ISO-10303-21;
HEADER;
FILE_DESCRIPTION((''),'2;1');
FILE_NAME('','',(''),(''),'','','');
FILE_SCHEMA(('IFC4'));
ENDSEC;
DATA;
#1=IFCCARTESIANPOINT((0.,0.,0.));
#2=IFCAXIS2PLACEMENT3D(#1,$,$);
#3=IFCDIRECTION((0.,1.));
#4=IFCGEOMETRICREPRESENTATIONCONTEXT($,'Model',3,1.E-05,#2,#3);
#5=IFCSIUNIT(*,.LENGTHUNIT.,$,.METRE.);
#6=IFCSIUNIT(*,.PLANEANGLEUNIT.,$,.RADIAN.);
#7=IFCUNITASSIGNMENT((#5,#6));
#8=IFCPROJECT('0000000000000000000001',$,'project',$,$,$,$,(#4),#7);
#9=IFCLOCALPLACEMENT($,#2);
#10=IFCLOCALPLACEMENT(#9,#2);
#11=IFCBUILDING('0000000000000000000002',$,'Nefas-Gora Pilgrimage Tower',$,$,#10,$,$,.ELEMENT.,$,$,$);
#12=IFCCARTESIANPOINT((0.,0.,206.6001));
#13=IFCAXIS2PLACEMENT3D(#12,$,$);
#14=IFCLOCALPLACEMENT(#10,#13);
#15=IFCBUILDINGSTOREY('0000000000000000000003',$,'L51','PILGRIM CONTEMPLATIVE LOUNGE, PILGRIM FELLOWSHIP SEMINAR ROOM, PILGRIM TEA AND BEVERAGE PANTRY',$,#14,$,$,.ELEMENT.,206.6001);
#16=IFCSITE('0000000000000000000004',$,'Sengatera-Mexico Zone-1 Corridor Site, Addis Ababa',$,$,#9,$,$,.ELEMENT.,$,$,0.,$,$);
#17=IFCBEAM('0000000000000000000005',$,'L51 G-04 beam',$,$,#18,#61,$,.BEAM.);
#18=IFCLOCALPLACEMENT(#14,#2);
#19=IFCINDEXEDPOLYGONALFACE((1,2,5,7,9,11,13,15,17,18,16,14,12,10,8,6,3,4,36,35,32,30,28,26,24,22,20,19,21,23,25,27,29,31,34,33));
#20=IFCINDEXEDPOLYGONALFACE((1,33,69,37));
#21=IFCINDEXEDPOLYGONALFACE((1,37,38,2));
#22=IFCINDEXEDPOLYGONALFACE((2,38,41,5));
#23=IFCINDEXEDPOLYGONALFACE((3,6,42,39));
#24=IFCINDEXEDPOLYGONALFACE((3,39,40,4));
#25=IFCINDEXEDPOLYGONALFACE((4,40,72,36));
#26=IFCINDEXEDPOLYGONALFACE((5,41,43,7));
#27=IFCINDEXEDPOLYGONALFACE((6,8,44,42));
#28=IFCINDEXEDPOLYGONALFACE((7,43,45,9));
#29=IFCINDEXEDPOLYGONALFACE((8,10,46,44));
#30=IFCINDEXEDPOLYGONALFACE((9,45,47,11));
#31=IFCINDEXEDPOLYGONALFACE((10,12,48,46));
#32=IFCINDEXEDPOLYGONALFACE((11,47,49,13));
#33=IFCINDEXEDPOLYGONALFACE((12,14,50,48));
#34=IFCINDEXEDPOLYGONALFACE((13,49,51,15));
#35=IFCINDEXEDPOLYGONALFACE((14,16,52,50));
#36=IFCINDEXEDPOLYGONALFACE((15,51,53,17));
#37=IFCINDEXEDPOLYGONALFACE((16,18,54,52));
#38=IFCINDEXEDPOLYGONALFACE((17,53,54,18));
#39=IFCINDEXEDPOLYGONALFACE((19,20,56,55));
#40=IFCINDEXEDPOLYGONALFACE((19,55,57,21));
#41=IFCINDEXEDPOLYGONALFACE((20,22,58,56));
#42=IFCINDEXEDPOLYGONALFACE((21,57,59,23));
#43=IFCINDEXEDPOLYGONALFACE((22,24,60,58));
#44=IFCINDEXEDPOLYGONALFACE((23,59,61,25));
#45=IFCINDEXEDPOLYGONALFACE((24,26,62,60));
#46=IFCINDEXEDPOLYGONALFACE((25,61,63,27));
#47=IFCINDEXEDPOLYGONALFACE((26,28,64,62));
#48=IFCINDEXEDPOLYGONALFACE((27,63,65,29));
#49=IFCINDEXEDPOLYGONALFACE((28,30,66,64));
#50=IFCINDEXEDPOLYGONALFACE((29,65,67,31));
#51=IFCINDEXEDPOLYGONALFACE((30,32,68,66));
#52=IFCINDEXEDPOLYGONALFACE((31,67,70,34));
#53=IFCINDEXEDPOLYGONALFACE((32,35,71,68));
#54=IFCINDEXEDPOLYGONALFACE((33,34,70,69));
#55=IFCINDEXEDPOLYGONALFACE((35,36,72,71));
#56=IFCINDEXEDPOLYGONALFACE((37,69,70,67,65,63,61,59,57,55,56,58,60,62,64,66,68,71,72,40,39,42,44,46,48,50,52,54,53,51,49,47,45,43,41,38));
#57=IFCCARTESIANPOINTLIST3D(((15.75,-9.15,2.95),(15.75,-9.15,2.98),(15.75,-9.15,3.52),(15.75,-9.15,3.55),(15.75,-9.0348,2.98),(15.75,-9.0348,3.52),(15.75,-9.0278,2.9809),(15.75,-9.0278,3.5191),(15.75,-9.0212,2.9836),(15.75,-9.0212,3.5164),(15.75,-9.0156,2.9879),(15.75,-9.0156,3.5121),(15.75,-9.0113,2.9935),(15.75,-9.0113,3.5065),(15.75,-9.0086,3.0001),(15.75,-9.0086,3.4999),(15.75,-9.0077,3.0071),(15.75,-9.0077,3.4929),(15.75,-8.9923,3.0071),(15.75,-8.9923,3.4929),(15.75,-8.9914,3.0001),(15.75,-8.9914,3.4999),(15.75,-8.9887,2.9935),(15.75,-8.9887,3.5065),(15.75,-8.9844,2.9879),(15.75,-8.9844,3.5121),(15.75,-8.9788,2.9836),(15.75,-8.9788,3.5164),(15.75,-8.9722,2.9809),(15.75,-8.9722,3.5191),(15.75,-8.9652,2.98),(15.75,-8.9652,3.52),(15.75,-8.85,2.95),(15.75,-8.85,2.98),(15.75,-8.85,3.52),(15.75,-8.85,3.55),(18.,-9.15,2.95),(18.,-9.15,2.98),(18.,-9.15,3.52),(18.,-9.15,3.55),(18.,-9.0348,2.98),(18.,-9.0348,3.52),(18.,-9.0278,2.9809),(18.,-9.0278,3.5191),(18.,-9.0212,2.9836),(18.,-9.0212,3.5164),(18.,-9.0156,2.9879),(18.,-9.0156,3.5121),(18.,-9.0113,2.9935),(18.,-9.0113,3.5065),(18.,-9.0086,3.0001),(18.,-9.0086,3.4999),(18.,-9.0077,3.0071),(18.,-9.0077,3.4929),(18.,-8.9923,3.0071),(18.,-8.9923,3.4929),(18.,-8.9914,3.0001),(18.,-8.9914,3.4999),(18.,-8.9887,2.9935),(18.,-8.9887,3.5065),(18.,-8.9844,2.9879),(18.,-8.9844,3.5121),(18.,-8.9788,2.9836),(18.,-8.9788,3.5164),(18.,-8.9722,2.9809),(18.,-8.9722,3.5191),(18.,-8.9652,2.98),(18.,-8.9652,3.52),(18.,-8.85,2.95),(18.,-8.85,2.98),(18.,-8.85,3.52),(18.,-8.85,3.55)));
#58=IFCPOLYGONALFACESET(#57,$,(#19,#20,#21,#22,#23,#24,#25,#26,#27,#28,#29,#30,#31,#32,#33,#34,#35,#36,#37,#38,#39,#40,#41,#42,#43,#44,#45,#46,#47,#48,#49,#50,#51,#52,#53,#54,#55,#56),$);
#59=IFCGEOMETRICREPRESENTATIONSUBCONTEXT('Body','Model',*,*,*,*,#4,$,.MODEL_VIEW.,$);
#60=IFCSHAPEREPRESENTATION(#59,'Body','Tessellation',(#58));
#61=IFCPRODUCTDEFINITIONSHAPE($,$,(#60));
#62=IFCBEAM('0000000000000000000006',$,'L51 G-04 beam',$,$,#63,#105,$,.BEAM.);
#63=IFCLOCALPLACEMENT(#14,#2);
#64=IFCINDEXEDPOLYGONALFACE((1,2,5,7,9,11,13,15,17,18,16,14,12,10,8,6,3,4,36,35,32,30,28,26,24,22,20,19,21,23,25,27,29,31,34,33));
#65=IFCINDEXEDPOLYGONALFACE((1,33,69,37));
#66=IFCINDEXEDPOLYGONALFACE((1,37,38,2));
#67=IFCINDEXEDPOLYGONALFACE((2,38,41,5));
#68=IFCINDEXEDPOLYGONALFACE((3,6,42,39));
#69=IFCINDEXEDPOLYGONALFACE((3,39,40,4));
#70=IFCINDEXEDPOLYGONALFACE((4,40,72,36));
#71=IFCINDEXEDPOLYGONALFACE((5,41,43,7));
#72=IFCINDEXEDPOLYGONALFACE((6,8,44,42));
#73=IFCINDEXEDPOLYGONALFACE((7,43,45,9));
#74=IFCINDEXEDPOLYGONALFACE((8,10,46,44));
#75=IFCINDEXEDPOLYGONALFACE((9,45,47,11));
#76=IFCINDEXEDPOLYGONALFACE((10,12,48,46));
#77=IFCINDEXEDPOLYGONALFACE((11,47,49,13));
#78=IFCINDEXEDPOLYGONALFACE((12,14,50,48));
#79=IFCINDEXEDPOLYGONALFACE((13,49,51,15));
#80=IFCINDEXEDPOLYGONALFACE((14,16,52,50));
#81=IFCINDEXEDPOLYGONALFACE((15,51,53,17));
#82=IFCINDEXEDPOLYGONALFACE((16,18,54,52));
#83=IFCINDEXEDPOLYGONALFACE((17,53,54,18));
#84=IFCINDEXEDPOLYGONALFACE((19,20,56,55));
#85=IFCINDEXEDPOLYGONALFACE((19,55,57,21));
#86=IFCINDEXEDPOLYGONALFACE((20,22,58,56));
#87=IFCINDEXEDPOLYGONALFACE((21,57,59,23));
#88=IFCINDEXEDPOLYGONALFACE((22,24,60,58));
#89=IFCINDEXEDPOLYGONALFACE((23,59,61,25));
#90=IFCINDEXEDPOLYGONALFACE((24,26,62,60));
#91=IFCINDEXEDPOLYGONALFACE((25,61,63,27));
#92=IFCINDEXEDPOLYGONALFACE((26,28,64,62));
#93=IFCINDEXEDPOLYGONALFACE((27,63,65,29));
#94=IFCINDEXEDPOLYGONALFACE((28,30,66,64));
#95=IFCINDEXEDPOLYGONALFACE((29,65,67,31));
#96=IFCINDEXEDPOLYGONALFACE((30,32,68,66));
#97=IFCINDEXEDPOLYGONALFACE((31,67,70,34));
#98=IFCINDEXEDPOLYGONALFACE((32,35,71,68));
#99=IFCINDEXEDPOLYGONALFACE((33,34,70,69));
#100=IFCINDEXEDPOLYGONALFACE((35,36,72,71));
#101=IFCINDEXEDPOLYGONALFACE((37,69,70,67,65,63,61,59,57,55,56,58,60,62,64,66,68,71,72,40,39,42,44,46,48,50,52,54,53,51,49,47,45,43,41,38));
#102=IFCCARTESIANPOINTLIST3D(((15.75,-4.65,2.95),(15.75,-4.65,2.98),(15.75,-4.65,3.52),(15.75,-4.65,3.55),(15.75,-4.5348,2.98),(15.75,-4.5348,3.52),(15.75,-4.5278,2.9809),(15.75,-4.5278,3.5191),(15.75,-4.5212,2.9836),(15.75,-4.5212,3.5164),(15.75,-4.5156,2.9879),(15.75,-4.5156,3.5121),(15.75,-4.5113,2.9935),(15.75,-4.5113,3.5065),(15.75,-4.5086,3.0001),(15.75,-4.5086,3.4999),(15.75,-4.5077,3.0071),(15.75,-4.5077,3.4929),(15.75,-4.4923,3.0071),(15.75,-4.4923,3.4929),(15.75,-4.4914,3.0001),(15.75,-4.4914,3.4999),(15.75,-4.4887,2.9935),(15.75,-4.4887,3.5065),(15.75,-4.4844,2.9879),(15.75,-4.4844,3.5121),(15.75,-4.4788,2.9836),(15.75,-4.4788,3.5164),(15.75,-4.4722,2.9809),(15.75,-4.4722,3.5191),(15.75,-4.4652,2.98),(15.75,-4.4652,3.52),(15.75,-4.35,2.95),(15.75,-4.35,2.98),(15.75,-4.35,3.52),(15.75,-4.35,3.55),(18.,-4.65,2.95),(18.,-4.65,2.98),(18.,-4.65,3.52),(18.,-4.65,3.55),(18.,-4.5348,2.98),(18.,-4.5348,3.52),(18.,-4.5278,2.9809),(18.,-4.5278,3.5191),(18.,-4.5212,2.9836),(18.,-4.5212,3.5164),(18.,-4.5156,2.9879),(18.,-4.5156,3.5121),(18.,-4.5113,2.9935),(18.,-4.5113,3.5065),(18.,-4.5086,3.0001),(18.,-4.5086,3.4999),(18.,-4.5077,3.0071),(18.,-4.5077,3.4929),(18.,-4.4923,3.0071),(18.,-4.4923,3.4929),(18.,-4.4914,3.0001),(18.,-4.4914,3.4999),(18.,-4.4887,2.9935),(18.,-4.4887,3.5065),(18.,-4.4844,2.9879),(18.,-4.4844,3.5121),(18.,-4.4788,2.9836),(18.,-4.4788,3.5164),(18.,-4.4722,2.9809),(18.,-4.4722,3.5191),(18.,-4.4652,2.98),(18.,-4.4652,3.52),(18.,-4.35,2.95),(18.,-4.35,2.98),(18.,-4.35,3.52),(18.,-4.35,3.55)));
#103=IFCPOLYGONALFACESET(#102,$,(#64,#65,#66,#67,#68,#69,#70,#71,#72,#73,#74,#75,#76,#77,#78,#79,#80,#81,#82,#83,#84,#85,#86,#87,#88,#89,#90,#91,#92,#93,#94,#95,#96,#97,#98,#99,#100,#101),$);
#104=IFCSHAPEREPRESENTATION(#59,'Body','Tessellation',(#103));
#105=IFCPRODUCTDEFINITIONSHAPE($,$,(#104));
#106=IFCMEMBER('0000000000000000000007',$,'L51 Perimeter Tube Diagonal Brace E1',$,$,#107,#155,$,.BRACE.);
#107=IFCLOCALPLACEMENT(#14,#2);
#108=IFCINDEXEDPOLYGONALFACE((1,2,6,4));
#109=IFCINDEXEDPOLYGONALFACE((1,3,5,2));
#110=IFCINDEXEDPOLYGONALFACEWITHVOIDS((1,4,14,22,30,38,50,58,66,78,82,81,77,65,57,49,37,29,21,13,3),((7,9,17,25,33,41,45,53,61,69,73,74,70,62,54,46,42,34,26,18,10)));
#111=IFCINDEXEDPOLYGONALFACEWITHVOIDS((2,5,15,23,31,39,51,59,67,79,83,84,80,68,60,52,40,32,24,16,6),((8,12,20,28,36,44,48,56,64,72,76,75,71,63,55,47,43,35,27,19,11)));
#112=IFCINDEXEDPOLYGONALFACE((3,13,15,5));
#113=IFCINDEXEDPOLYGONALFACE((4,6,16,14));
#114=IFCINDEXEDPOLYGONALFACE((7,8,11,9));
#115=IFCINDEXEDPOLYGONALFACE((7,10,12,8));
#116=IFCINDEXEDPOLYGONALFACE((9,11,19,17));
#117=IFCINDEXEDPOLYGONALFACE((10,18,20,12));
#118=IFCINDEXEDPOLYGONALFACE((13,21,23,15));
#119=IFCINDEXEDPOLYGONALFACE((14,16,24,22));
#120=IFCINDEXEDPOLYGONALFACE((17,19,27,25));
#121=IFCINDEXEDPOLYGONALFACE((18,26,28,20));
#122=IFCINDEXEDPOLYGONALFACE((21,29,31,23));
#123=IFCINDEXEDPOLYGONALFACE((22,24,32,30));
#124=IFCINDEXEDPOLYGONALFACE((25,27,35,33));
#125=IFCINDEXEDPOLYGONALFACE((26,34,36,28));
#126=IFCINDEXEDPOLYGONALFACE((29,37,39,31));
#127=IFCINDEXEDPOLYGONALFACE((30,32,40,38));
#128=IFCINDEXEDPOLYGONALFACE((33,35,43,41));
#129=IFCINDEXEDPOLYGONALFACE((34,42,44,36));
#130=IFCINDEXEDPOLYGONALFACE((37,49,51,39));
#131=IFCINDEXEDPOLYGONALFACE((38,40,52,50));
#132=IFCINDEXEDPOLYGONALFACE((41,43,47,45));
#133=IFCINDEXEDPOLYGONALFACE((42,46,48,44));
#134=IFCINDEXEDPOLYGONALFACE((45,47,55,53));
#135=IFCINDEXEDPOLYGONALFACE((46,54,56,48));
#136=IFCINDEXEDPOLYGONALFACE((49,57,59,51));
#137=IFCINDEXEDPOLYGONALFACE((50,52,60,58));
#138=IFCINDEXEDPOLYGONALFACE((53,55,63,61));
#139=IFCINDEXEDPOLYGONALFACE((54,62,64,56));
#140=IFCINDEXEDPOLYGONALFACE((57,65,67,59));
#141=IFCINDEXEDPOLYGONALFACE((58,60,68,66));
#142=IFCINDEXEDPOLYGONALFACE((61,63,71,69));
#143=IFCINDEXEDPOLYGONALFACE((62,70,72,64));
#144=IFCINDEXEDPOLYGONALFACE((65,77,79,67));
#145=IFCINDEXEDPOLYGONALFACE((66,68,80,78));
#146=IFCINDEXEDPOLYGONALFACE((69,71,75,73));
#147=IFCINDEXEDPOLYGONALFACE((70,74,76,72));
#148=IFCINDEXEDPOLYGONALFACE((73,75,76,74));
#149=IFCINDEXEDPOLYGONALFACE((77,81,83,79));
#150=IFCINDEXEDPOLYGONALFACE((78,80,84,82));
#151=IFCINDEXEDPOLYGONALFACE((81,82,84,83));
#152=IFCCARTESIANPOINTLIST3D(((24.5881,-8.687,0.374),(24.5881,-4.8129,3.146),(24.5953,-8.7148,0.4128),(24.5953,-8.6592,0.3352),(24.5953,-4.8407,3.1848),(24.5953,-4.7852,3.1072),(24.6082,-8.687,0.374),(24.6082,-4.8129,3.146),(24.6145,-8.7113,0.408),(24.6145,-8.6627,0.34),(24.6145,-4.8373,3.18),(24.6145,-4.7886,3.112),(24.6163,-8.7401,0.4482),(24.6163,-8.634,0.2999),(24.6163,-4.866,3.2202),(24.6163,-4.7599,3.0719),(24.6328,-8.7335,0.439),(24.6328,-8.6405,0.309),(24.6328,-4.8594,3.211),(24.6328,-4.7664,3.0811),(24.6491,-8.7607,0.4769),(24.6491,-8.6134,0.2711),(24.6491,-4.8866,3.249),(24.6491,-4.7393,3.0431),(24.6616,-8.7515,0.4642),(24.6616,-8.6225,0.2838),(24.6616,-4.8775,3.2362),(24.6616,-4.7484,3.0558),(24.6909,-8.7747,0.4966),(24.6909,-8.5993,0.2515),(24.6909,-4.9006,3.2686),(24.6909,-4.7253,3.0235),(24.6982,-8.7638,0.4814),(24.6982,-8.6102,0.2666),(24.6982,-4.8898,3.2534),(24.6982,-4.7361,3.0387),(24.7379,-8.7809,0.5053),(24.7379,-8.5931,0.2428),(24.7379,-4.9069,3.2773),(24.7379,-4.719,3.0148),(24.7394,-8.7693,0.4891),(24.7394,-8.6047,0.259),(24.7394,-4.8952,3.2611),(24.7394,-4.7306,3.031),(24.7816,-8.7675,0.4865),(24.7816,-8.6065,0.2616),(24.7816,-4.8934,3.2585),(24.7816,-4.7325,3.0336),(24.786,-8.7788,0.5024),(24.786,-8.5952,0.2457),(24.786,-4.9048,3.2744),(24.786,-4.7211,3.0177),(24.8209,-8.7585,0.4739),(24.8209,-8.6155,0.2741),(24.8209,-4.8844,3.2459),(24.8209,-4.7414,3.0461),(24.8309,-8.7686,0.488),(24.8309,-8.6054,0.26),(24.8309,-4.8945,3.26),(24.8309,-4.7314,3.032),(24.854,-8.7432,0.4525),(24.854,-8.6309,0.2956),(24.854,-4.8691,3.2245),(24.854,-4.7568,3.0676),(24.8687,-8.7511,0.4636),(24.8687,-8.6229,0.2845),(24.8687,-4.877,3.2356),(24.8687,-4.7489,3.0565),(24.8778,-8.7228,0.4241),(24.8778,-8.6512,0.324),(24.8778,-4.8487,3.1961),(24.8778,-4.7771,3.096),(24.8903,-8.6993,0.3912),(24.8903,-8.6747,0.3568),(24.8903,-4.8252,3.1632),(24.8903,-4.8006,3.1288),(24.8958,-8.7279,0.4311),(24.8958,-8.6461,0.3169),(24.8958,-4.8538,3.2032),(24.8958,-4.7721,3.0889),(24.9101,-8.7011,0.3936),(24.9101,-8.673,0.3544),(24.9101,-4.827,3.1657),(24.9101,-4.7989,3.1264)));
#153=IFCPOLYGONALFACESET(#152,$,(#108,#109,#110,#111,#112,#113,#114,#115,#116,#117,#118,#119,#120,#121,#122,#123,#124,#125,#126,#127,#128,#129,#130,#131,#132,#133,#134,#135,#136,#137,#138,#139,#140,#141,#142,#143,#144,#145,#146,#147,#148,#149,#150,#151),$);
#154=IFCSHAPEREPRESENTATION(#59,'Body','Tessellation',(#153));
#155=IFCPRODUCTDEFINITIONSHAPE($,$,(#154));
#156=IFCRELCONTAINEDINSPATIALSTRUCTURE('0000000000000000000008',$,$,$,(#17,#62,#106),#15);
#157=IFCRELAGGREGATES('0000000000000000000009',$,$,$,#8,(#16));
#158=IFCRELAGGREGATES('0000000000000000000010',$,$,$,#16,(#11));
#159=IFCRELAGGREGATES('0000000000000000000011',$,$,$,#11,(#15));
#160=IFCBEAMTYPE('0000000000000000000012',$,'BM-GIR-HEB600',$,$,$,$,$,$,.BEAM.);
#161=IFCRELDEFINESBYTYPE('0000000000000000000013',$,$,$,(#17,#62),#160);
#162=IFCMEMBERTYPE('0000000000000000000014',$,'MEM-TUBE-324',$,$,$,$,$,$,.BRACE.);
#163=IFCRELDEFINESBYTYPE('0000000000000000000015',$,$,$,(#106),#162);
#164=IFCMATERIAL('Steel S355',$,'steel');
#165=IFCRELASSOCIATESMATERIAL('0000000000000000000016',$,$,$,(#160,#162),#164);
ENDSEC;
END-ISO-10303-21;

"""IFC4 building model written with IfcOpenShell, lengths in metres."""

from ifc_helpers import new_model, si_unit, direction, frame, origin, origin_2d, place, context, subcontext, project, spatial, hollow_circle, i_section, extrude, source, transform, mapped, material, material_profile, profile_set, type_object, element, save


model = new_model("IFC4")

# Units and contexts
model_context = context("Model", 3, precision=1e-05, world=origin(), true_north=direction((0.0, 1.0)))
body_context = subcontext(model_context, "Body", "Model", "MODEL_VIEW")
ifc_project = project(units=[si_unit("LENGTHUNIT", "METRE"), si_unit("PLANEANGLEUNIT", "RADIAN")], contexts=[model_context])

# Site, building, storey
site_placement = place(None, origin())
site = spatial("IfcSite", under=ifc_project, at=site_placement, Name="Sengatera-Mexico Zone-1 Corridor Site, Addis Ababa", CompositionType="ELEMENT", RefElevation=0.0)
building_placement = place(site_placement, origin())
building = spatial("IfcBuilding", under=site, at=building_placement, Name="Nefas-Gora Pilgrimage Tower", CompositionType="ELEMENT")
storey_placement = place(building_placement, frame((0.0, 0.0, 206.6001)))
storey = spatial("IfcBuildingStorey", under=building, at=storey_placement, Name="L51", Description="PILGRIM CONTEMPLATIVE LOUNGE, PILGRIM FELLOWSHIP SEMINAR ROOM, PILGRIM TEA AND BEVERAGE PANTRY", CompositionType="ELEMENT", Elevation=206.6001)

# Beams
ifc_material_1 = material(Name="Steel S355", Category="steel")
ifc_material_profile_1 = material_profile(ifc_material_1, i_section(OverallWidth=0.3, OverallDepth=0.6001, WebThickness=0.0154, FlangeThickness=0.03, FilletRadius=0.0271, at=origin_2d()), Name="HEB 600")
ifc_profile_set_1 = profile_set([ifc_material_profile_1], Name="Steel S355")
beam_type_1 = type_object("IfcBeamType", Name="BM-GIR-HEB600", PredefinedType="BEAM", material=ifc_profile_set_1)
shared_shape_1 = source(origin(), body_context, "Body", "SweptSolid", [
    extrude(i_section(OverallWidth=0.3, OverallDepth=0.6001, WebThickness=0.0154, FlangeThickness=0.03, FilletRadius=0.0271, at=origin_2d()), origin(), (0.0, 0.0, 1.0), 2.25),
])
for number, where, z_axis, x_axis, name in (
    (1, (15.75, -9.0, 3.25), (1.0, 0.0, 0.0), (0.0, 1.0, 0.0), "L51 G-04 beam"),
    (2, (15.75, -4.5, 3.25), (1.0, 0.0, 0.0), (0.0, 1.0, 0.0), "L51 G-04 beam"),
):
    element("IfcBeam", number, at=place(storey_placement, frame(where, z_axis=z_axis, x_axis=x_axis)), inside=storey, type_object=beam_type_1, Name=name, PredefinedType="BEAM", context=body_context, shape_type="MappedRepresentation", body=[
        mapped(shared_shape_1, transform((0.0, 0.0, 0.0), x_axis=(1.0, 0.0, 0.0), y_axis=(0.0, 1.0, 0.0), z_axis=(0.0, 0.0, 1.0), scale=1.0)),
    ])

# Member
ifc_material_profile_2 = material_profile(ifc_material_1, hollow_circle(Radius=0.1619, WallThickness=0.02, at=origin_2d()), Name="CHS 323.9x20")
ifc_profile_set_2 = profile_set([ifc_material_profile_2], Name="Steel S355")
member_type_1 = type_object("IfcMemberType", Name="MEM-TUBE-324", PredefinedType="BRACE", material=ifc_profile_set_2)
shared_shape_2 = source(origin(), body_context, "Body", "SweptSolid", [
    extrude(hollow_circle(Radius=0.1619, WallThickness=0.02, at=origin_2d()), origin(), (0.0, 0.0, 1.0), 4.7637),
])
member_1_placement = place(storey_placement, frame((24.75, -8.687, 0.374), z_axis=(0.0, 0.813255, 0.581907), x_axis=(-1.0, 0.0, 0.0)))
element("IfcMember", 3, at=member_1_placement, inside=storey, type_object=member_type_1, Name="L51 Perimeter Tube Diagonal Brace E1", PredefinedType="BRACE", context=body_context, shape_type="MappedRepresentation", body=[
    mapped(shared_shape_2, transform((0.0, 0.0, 0.0), x_axis=(1.0, 0.0, 0.0), y_axis=(0.0, 1.0, 0.0), z_axis=(0.0, 0.0, 1.0), scale=1.0)),
])

save(model, "model.ifc")
